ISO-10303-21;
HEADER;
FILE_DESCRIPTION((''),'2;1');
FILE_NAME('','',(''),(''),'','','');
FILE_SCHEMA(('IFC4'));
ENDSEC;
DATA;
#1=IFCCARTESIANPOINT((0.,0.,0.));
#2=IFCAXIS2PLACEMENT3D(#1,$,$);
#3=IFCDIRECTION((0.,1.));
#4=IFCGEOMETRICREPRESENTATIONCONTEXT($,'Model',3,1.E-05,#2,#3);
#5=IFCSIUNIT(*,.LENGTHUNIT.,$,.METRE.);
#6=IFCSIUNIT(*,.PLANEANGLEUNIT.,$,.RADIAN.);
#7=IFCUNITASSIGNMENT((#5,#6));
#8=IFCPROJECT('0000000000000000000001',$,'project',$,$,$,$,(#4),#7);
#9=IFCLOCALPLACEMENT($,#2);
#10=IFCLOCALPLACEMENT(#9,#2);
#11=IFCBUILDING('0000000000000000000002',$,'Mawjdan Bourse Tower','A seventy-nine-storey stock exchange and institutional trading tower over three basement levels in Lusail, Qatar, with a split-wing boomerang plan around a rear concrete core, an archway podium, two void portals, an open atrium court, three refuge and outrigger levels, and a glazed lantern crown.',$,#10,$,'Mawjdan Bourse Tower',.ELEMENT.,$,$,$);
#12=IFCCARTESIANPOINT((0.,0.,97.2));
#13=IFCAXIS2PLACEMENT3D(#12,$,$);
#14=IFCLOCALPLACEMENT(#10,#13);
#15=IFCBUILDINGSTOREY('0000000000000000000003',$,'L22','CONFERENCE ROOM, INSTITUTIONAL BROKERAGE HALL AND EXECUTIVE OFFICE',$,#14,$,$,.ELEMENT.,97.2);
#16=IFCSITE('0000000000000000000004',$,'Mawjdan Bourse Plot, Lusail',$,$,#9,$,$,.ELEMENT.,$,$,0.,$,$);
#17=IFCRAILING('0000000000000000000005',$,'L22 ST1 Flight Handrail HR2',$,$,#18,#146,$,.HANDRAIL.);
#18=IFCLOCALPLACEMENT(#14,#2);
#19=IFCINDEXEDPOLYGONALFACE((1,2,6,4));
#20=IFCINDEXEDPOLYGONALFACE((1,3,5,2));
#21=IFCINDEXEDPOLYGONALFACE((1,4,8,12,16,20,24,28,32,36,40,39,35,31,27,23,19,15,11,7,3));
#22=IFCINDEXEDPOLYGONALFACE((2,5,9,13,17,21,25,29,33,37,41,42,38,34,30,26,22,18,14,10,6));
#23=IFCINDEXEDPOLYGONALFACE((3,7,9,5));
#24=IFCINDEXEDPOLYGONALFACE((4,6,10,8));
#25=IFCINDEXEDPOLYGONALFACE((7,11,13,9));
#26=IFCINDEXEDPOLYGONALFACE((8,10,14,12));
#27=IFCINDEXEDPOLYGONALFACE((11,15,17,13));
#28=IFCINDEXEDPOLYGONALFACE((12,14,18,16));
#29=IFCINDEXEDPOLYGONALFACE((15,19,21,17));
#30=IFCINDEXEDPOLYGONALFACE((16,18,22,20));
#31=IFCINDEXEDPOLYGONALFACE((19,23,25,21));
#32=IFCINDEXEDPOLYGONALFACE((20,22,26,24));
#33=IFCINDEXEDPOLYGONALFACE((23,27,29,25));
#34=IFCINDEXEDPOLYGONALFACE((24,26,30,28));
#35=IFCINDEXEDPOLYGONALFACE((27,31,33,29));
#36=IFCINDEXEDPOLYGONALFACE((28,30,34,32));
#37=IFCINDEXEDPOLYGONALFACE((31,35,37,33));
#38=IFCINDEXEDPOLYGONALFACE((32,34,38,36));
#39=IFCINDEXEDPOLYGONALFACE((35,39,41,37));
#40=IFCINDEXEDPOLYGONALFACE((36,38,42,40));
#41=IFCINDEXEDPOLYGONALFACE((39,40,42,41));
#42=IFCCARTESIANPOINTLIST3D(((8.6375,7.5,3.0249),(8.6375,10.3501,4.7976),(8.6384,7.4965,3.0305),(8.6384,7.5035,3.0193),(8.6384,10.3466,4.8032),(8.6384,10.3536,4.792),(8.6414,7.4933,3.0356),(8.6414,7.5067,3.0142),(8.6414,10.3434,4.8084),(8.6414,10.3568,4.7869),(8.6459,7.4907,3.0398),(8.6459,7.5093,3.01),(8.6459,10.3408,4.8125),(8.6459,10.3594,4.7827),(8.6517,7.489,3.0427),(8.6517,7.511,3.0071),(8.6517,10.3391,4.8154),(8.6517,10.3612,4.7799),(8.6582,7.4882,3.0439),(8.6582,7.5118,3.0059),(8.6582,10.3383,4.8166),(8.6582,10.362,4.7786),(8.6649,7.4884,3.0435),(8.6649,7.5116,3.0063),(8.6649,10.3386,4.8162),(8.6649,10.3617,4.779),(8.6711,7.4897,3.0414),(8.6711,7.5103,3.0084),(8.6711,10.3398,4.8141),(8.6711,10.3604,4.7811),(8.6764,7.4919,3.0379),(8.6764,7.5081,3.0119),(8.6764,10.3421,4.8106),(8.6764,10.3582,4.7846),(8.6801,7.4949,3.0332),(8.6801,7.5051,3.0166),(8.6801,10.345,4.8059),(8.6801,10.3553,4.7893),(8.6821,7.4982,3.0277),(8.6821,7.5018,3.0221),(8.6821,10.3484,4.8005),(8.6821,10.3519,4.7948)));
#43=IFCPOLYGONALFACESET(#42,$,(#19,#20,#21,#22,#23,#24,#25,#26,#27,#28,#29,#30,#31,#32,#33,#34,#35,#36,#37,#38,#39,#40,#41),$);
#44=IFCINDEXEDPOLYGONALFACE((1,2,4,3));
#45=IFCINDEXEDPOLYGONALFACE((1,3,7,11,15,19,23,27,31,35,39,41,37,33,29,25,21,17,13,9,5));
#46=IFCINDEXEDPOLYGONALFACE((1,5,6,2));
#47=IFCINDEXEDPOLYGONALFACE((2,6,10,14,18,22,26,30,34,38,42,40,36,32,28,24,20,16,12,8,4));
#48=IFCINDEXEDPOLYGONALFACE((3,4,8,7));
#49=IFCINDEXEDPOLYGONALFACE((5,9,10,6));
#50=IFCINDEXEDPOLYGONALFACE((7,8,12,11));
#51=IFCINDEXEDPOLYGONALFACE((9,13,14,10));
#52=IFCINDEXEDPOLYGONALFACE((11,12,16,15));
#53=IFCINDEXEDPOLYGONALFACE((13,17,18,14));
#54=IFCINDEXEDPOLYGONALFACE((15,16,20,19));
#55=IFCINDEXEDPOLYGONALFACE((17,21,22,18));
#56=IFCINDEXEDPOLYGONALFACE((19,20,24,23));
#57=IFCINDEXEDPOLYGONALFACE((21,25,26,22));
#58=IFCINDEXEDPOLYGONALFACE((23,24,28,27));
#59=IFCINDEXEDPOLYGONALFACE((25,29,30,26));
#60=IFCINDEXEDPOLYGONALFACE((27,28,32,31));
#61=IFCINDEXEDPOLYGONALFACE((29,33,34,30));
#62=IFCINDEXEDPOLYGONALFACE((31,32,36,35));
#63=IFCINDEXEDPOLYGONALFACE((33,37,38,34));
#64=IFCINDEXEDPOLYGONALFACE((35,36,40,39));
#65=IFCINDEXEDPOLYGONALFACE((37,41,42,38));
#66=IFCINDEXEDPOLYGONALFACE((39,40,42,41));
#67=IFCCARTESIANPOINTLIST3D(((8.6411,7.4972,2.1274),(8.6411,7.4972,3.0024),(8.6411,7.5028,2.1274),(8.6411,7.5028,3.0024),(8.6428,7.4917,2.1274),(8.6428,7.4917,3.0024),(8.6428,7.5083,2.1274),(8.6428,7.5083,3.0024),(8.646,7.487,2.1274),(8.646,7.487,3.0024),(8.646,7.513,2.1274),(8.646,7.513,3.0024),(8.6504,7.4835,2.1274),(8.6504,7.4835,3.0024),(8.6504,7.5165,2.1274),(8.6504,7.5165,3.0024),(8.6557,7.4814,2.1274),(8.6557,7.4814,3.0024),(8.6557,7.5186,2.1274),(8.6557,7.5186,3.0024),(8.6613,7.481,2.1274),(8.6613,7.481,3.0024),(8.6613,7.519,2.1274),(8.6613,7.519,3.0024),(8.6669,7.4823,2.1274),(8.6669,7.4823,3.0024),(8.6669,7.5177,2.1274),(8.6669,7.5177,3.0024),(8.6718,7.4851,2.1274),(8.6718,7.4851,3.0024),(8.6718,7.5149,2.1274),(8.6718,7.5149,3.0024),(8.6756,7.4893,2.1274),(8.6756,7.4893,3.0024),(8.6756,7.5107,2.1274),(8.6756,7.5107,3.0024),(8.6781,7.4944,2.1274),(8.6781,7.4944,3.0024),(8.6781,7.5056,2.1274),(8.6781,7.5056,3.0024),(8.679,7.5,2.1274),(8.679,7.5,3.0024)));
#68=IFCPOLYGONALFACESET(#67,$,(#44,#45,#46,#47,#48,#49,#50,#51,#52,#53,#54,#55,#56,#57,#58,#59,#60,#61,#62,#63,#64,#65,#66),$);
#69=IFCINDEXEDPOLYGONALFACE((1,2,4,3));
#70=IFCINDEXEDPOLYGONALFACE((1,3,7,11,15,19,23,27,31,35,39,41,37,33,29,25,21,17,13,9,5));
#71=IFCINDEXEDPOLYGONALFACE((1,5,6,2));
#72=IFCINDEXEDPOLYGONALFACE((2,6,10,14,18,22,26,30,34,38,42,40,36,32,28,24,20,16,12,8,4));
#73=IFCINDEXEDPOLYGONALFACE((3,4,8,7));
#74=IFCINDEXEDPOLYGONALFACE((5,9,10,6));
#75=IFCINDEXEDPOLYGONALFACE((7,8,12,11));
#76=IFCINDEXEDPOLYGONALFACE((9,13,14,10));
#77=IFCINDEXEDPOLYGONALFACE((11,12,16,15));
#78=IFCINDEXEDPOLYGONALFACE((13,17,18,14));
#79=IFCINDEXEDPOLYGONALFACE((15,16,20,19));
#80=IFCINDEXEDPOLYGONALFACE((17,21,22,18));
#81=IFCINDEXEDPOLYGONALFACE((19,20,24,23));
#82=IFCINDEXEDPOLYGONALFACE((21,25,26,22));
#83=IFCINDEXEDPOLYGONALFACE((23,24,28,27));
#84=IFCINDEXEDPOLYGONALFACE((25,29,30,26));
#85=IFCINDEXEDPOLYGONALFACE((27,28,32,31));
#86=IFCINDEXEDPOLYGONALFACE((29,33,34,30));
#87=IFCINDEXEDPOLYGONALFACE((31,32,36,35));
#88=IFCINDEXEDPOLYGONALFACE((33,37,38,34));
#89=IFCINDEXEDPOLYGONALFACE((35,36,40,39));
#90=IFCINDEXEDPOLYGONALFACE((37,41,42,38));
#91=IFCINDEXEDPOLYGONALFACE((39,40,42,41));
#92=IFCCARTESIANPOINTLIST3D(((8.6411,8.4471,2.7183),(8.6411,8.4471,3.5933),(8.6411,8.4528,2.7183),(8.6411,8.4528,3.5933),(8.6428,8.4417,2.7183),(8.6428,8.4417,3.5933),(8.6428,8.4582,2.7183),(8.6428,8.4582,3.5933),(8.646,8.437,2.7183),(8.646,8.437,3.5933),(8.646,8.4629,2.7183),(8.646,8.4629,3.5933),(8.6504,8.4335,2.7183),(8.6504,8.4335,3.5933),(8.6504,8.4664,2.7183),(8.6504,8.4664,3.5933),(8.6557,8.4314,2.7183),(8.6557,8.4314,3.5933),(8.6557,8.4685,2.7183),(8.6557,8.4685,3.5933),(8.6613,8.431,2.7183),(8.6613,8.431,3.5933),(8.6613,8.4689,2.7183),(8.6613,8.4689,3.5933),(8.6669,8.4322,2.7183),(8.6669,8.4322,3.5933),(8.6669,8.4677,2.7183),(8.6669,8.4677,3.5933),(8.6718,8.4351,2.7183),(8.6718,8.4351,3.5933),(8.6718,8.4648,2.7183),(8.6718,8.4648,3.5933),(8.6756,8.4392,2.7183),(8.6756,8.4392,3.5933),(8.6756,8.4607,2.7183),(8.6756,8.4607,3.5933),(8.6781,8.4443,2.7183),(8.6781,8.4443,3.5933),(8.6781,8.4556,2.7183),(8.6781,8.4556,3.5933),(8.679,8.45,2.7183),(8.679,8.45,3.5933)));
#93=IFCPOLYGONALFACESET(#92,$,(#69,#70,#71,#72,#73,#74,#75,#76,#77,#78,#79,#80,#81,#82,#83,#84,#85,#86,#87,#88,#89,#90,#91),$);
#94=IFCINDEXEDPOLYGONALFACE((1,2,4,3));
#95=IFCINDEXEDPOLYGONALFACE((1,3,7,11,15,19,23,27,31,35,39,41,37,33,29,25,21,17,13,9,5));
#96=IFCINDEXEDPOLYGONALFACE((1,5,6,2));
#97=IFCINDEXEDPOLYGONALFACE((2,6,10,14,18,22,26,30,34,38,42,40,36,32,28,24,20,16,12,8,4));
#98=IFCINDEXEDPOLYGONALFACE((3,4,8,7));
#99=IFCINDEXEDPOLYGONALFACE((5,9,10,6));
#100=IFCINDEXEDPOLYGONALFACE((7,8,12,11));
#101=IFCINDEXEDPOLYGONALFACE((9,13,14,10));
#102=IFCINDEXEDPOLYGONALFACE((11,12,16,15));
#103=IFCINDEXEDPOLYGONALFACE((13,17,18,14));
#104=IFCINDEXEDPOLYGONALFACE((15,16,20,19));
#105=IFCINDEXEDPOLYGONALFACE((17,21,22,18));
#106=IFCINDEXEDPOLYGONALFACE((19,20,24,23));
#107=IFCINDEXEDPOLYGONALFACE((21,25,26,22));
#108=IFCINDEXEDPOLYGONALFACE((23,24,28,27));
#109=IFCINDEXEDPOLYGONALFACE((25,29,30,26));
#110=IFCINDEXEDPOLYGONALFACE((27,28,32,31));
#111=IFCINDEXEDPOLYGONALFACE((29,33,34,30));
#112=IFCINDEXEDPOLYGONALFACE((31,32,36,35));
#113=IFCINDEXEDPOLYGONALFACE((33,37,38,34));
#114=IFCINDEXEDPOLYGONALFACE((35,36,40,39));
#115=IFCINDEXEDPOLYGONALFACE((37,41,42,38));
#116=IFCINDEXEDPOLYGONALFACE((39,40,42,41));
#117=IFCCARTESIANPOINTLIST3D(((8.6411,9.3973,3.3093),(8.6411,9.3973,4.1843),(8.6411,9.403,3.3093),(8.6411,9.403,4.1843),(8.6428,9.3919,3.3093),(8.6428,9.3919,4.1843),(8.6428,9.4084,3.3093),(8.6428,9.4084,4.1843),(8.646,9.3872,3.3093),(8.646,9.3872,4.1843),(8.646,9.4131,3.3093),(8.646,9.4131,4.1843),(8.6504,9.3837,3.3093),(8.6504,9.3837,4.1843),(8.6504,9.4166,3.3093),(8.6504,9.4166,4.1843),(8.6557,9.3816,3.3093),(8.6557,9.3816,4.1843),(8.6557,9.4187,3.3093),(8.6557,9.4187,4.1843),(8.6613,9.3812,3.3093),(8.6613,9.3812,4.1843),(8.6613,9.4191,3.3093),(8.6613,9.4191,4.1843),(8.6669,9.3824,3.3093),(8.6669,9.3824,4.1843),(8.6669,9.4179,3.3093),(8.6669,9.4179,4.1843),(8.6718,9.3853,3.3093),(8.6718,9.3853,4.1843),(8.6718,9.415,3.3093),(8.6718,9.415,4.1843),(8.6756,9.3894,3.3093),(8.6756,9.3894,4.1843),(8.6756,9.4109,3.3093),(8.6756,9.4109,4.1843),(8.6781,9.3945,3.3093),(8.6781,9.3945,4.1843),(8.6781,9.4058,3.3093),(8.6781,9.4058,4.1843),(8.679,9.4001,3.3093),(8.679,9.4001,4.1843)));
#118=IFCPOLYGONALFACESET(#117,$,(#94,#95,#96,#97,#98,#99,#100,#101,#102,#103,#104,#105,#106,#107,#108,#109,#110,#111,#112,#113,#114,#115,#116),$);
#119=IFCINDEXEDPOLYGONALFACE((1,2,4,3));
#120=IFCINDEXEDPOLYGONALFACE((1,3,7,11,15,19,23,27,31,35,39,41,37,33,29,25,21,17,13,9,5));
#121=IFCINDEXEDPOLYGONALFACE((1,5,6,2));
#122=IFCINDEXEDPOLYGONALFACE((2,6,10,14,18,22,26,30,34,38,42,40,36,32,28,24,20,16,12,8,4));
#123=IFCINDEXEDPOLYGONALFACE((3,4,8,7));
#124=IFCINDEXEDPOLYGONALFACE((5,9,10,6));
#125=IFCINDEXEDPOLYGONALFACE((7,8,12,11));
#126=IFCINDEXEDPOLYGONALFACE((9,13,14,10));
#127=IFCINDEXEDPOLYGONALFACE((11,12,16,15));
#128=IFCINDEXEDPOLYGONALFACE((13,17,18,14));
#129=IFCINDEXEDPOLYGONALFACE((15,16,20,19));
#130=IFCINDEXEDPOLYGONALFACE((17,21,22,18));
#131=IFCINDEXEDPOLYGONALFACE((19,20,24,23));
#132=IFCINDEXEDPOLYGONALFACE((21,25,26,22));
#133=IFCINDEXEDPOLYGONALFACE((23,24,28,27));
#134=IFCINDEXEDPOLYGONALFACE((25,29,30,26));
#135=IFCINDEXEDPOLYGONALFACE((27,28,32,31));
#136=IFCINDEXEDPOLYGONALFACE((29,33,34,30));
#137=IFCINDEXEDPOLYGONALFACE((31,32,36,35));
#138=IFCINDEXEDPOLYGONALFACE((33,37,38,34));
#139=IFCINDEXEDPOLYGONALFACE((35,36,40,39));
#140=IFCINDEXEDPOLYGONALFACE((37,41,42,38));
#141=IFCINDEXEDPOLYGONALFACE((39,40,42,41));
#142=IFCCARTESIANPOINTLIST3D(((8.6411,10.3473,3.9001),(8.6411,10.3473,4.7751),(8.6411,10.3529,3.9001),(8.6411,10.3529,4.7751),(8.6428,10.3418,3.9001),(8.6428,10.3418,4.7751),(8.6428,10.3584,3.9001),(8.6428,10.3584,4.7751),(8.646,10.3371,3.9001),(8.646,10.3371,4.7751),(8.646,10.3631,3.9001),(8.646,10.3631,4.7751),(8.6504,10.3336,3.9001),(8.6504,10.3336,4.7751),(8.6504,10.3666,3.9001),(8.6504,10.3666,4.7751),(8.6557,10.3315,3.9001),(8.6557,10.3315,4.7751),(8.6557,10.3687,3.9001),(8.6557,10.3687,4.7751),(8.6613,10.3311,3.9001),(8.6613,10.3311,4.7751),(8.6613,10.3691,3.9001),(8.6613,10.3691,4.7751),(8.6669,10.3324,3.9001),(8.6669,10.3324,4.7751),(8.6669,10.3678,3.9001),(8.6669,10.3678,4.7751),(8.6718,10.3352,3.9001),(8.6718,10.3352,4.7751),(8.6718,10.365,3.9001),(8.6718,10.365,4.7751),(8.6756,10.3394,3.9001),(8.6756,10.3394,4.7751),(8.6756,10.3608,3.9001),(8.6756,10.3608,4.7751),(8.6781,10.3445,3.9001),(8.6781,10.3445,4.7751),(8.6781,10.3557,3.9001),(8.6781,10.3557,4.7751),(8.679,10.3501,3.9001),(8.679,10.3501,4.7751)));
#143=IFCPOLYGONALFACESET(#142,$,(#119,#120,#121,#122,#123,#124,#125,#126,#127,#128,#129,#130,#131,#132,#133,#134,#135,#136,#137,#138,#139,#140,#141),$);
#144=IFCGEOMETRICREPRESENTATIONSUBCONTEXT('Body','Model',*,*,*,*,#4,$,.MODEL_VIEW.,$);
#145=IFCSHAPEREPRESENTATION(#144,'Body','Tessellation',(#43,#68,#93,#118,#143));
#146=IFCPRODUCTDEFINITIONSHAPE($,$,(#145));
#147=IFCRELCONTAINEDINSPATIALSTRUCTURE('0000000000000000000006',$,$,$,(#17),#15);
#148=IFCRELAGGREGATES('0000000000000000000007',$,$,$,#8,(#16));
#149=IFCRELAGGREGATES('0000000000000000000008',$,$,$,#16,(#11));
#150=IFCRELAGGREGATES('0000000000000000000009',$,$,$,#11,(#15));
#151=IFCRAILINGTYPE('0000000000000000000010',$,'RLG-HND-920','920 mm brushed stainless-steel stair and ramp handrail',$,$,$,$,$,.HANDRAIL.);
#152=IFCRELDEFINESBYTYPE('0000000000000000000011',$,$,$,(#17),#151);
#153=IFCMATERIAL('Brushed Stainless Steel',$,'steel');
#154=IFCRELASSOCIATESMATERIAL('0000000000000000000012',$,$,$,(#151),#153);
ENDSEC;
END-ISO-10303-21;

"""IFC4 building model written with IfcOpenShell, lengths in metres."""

from ifc_helpers import new_model, si_unit, direction, frame, origin, origin_2d, place, context, subcontext, project, spatial, circle, extrude, material, type_object, element, save


model = new_model("IFC4")

# Units and contexts
model_context = context("Model", 3, precision=1e-05, world=origin(), true_north=direction((0.0, 1.0)))
body_context = subcontext(model_context, "Body", "Model", "MODEL_VIEW")
ifc_project = project(units=[si_unit("LENGTHUNIT", "METRE"), si_unit("PLANEANGLEUNIT", "RADIAN")], contexts=[model_context])

# Site, building, storey
site_placement = place(None, origin())
site = spatial("IfcSite", under=ifc_project, at=site_placement, Name="Mawjdan Bourse Plot, Lusail", CompositionType="ELEMENT", RefElevation=0.0)
building_placement = place(site_placement, origin())
building = spatial("IfcBuilding", under=site, at=building_placement, Name="Mawjdan Bourse Tower", Description="A seventy-nine-storey stock exchange and institutional trading tower over three basement levels in Lusail, Qatar, with a split-wing boomerang plan around a rear concrete core, an archway podium, two void portals, an open atrium court, three refuge and outrigger levels, and a glazed lantern crown.", LongName="Mawjdan Bourse Tower", CompositionType="ELEMENT")
storey_placement = place(building_placement, frame((0.0, 0.0, 97.2)))
storey = spatial("IfcBuildingStorey", under=building, at=storey_placement, Name="L22", Description="CONFERENCE ROOM, INSTITUTIONAL BROKERAGE HALL AND EXECUTIVE OFFICE", CompositionType="ELEMENT", Elevation=97.2)

# Shared definitions
ifc_material_1 = material(Name="Brushed Stainless Steel", Category="steel")

# Railing
railing_type = type_object("IfcRailingType", Name="RLG-HND-920", Description="920 mm brushed stainless-steel stair and ramp handrail", PredefinedType="HANDRAIL", material=ifc_material_1)
railing_1_placement = place(storey_placement, frame((8.6599, 7.5, 2.1274)))
element("IfcRailing", 1, at=railing_1_placement, inside=storey, type_object=railing_type, Name="L22 ST1 Flight Handrail HR2", PredefinedType="HANDRAIL", context=body_context, shape_type="SweptSolid", body=[
    extrude(circle(Radius=0.0225, at=origin_2d()), frame((0.0, 0.0, 0.8975), z_axis=(0.0, 0.849149, 0.528154), x_axis=(-1.0, 0.0, 0.0)), (0.0, 0.0, 1.0), 3.3564),
    extrude(circle(Radius=0.019, at=origin_2d()), origin(), (0.0, 0.0, 1.0), 0.875),
    extrude(circle(Radius=0.019, at=origin_2d()), frame((0.0, 0.95, 0.5908)), (0.0, 0.0, 1.0), 0.875),
    extrude(circle(Radius=0.019, at=origin_2d()), frame((0.0, 1.9001, 1.1819)), (0.0, 0.0, 1.0), 0.875),
    extrude(circle(Radius=0.019, at=origin_2d()), frame((0.0, 2.8501, 1.7727)), (0.0, 0.0, 1.0), 0.875),
])

save(model, "model.ifc")
